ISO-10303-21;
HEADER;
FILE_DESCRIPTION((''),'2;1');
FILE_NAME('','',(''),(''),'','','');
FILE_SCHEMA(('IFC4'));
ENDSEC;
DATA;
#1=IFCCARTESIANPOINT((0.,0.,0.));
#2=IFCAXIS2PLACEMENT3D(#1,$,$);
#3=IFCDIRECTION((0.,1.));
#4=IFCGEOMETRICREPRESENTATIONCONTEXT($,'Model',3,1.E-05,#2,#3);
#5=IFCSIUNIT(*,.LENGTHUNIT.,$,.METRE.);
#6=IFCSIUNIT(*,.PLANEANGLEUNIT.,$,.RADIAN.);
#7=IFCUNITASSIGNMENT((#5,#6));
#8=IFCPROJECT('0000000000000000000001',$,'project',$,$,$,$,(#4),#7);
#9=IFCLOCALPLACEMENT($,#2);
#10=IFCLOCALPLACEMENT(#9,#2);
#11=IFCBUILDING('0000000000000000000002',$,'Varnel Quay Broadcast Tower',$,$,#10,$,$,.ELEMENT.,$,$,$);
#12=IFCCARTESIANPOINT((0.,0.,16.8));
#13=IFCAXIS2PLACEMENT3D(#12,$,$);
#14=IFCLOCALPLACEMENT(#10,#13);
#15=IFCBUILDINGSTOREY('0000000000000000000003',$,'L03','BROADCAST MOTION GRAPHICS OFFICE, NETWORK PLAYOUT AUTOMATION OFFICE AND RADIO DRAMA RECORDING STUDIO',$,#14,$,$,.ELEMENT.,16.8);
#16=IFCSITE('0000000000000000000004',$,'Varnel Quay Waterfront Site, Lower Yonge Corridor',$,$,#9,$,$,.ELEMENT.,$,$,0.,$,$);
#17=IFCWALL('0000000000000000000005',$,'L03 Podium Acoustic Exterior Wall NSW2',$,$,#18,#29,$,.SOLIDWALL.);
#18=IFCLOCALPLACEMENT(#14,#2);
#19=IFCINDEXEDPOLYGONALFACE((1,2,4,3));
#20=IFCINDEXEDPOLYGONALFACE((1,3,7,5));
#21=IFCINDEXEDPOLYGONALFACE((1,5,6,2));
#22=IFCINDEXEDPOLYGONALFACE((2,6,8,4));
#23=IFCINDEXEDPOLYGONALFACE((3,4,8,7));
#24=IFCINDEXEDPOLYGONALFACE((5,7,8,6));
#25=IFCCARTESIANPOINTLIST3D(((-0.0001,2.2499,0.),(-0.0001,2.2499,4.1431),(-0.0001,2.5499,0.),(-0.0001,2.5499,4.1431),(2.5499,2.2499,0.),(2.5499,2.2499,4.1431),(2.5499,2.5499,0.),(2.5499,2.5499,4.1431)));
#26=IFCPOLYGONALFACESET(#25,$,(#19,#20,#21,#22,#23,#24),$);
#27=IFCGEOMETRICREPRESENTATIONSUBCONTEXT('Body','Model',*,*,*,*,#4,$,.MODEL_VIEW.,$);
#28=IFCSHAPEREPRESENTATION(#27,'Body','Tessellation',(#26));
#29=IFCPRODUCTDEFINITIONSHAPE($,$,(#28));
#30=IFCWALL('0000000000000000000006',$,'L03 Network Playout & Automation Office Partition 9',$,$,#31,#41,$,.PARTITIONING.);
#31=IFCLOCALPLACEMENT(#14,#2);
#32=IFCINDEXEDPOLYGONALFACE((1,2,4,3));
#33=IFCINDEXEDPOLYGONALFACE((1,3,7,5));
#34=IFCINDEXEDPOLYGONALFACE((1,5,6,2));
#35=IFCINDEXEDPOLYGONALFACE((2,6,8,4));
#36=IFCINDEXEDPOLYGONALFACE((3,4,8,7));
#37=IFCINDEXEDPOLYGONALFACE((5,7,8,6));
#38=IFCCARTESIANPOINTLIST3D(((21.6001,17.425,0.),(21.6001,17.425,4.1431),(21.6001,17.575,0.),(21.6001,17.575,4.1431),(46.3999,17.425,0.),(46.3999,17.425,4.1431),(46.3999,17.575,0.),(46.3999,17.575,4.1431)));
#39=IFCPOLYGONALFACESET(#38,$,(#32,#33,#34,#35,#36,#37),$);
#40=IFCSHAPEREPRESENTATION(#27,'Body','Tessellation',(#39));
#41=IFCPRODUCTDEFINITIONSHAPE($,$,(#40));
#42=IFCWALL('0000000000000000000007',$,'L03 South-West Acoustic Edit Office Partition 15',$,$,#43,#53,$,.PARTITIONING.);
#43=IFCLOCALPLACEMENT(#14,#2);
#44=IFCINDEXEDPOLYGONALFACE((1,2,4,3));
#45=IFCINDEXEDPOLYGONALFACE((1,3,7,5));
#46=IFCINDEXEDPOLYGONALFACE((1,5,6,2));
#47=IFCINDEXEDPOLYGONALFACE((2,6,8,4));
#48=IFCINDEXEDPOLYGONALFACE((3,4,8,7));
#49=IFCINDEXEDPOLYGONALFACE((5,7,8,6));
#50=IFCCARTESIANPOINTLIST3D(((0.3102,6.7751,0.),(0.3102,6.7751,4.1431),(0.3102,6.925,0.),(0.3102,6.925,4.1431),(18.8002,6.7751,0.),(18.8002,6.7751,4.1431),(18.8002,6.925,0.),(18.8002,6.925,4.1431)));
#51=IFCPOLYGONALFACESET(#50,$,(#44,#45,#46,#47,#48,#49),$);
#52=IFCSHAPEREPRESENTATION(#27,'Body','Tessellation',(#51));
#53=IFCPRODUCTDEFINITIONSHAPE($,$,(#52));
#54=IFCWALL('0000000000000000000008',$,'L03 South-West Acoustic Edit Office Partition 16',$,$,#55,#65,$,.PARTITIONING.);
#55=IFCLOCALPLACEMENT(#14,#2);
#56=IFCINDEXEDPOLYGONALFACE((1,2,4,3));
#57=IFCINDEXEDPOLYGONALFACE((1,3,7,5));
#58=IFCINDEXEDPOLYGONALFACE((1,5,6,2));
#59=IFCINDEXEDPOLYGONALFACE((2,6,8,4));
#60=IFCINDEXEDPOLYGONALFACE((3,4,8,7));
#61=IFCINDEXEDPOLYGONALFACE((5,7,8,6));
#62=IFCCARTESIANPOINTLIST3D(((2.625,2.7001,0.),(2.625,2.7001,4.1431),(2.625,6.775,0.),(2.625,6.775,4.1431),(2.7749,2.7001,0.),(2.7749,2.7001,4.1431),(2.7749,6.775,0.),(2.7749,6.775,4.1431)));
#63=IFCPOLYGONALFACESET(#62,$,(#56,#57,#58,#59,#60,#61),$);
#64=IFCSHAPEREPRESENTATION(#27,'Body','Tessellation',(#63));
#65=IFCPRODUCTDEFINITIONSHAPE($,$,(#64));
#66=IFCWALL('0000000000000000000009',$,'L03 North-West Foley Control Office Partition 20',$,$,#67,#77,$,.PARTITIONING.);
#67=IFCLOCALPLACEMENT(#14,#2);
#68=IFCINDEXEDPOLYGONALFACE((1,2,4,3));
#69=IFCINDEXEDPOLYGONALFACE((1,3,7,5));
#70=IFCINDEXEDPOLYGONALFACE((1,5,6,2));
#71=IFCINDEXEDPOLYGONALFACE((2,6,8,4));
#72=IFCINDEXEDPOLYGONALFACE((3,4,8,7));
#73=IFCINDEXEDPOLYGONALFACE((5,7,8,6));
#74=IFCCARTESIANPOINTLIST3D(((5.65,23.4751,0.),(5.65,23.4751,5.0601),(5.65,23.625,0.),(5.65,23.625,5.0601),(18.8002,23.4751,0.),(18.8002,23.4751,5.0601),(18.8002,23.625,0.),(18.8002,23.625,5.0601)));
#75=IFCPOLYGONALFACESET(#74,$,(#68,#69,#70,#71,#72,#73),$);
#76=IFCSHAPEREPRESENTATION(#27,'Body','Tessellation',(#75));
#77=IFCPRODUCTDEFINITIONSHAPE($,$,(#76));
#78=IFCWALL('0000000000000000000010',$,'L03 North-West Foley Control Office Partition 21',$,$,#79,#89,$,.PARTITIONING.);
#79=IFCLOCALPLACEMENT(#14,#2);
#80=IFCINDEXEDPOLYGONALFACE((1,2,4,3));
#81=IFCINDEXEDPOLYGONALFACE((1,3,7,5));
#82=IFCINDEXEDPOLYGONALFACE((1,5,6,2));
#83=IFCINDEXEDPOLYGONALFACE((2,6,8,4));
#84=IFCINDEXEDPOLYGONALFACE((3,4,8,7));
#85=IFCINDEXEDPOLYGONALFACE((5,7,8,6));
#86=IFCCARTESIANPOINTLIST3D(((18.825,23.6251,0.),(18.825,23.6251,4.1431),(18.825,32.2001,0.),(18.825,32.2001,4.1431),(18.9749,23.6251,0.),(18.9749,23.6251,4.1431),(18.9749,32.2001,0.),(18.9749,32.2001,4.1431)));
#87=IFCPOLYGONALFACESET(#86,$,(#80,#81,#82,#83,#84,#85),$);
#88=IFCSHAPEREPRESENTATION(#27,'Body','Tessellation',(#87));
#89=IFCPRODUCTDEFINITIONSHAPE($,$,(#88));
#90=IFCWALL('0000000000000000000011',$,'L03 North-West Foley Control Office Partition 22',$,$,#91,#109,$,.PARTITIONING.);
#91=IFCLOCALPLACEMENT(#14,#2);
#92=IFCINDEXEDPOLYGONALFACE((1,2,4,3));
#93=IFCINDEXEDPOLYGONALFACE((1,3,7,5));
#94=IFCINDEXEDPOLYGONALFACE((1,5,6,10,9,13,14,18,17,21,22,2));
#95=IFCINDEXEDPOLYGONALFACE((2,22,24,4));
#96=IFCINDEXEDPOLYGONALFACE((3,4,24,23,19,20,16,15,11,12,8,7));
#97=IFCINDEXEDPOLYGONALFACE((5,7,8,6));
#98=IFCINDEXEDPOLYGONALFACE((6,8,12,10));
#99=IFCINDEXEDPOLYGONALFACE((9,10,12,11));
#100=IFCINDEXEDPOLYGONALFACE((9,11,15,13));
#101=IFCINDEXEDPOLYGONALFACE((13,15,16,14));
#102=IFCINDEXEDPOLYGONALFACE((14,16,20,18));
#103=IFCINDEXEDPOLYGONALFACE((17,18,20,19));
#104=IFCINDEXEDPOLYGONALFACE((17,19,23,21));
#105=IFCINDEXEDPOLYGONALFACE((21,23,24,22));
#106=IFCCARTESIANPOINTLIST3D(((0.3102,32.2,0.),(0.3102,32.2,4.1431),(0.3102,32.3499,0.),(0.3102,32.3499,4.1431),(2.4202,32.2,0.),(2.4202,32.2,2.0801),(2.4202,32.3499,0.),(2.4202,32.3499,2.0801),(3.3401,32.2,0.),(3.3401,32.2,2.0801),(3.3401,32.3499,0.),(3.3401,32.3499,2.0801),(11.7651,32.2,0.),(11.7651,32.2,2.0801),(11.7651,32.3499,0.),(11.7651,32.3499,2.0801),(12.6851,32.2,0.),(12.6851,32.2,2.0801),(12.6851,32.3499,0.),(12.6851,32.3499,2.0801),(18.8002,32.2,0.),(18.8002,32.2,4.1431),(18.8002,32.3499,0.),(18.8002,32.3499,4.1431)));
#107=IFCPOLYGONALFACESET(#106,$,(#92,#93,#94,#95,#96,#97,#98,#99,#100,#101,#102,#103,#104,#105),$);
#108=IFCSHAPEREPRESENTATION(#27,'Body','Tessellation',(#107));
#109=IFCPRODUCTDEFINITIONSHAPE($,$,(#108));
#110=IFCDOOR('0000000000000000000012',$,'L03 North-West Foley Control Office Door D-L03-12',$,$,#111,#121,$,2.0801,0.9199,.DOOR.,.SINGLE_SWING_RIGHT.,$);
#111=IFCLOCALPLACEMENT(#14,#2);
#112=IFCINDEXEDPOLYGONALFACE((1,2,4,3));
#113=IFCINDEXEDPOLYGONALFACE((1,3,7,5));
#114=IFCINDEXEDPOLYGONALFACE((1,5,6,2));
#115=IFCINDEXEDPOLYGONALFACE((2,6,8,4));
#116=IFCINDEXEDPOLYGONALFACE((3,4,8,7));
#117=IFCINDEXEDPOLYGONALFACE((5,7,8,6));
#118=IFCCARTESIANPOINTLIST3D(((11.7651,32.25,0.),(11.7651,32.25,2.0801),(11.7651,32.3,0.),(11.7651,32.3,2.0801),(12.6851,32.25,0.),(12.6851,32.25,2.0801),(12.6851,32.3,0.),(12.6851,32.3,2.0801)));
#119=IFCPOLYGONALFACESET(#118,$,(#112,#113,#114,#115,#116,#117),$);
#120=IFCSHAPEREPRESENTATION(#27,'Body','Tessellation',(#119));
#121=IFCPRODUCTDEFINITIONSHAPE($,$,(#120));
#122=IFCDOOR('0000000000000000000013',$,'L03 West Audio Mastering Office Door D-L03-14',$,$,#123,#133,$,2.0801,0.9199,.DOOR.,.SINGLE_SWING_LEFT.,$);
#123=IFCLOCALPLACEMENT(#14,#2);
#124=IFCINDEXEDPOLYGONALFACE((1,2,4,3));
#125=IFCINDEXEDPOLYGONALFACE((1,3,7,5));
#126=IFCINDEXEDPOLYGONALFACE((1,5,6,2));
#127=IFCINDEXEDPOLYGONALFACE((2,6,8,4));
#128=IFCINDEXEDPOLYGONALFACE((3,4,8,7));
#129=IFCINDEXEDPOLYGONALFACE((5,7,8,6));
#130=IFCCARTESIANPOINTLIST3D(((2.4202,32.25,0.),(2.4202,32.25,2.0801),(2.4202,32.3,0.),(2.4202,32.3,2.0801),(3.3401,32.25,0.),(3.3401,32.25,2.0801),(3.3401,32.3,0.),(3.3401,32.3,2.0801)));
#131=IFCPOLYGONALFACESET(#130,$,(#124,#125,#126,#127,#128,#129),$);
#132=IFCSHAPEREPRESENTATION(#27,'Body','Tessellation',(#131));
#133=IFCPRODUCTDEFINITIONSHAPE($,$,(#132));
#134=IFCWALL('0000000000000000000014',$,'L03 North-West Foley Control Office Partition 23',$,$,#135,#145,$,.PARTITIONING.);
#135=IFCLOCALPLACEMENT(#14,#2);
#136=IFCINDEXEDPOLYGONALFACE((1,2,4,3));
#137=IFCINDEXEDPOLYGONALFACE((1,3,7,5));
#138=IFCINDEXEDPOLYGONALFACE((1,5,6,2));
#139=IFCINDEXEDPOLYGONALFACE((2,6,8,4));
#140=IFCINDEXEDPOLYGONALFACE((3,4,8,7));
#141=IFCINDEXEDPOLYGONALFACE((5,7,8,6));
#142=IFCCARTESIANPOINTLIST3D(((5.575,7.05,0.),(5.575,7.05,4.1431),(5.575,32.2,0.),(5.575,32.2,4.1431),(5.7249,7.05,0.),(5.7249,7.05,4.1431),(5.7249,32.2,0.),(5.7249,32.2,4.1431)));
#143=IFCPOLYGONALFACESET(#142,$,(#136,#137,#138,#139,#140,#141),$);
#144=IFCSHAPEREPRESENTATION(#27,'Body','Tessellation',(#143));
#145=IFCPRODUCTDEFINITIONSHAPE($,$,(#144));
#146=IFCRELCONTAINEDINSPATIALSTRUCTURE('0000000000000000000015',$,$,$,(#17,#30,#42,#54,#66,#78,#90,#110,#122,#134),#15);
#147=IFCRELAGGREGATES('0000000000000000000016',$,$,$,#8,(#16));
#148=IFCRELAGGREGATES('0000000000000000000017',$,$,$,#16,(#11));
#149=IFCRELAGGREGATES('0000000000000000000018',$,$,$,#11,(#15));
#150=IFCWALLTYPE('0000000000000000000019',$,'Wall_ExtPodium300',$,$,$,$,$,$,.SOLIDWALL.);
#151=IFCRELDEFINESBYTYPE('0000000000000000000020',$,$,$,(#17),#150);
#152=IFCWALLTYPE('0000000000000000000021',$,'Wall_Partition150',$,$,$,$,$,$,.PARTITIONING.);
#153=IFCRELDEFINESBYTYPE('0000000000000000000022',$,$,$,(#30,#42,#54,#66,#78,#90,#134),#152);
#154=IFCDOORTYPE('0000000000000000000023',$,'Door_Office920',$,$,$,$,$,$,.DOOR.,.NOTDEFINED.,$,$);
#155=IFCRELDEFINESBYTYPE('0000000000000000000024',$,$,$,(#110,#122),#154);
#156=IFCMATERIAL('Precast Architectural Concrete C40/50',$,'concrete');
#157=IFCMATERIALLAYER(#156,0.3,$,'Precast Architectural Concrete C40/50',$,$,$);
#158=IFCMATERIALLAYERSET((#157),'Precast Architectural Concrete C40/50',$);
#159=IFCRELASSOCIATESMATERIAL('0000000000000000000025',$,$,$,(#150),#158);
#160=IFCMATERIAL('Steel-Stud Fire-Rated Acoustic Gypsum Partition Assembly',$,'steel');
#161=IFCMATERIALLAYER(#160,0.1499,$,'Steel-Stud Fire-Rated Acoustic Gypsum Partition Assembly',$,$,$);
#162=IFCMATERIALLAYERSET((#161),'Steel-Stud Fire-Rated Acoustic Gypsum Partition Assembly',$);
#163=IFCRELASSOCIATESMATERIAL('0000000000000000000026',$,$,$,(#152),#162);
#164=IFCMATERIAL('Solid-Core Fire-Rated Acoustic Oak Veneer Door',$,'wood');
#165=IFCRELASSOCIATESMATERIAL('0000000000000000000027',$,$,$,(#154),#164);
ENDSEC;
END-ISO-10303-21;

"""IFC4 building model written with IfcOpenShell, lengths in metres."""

from ifc_helpers import new_model, si_unit, direction, frame, frame_2d, origin, place, context, subcontext, project, spatial, rectangle, extrude, source, transform, mapped, material, layer, layer_set, type_object, type_shapes, element, fill, save


model = new_model("IFC4")

# Units and contexts
model_context = context("Model", 3, precision=1e-05, world=origin(), true_north=direction((0.0, 1.0)))
body_context = subcontext(model_context, "Body", "Model", "MODEL_VIEW")
ifc_project = project(units=[si_unit("LENGTHUNIT", "METRE"), si_unit("PLANEANGLEUNIT", "RADIAN")], contexts=[model_context])

# Site, building, storey
site_placement = place(None, origin())
site = spatial("IfcSite", under=ifc_project, at=site_placement, Name="Varnel Quay Waterfront Site, Lower Yonge Corridor", CompositionType="ELEMENT", RefElevation=0.0)
building_placement = place(site_placement, origin())
building = spatial("IfcBuilding", under=site, at=building_placement, Name="Varnel Quay Broadcast Tower", CompositionType="ELEMENT")
storey_placement = place(building_placement, frame((0.0, 0.0, 16.8)))
storey = spatial("IfcBuildingStorey", under=building, at=storey_placement, Name="L03", Description="BROADCAST MOTION GRAPHICS OFFICE, NETWORK PLAYOUT AUTOMATION OFFICE AND RADIO DRAMA RECORDING STUDIO", CompositionType="ELEMENT", Elevation=16.8)

# Shared definitions
ifc_material_1 = material(Name="Precast Architectural Concrete C40/50", Category="concrete")
ifc_layer_1 = layer(ifc_material_1, 0.3, Name="Precast Architectural Concrete C40/50")
ifc_layer_set_1 = layer_set([ifc_layer_1], Name="Precast Architectural Concrete C40/50")
wall_type_1 = type_object("IfcWallType", Name="Wall_ExtPodium300", PredefinedType="SOLIDWALL", material=ifc_layer_set_1)

# Walls
wall_1_placement = place(storey_placement, frame((0.0, 2.3999, 0.0), z_axis=(0.0, 0.0, 1.0), x_axis=(1.0, 0.0, 0.0)))
element("IfcWall", 1, at=wall_1_placement, inside=storey, type_object=wall_type_1, Name="L03 Podium Acoustic Exterior Wall NSW2", PredefinedType="SOLIDWALL", context=body_context, shape_type="SweptSolid", body=[
    extrude(rectangle(XDim=2.55, YDim=0.3, at=frame_2d((1.2749, 0.0))), origin(), (0.0, 0.0, 1.0), 4.1431),
])
ifc_material_2 = material(Name="Steel-Stud Fire-Rated Acoustic Gypsum Partition Assembly", Category="steel")
ifc_layer_2 = layer(ifc_material_2, 0.1499, Name="Steel-Stud Fire-Rated Acoustic Gypsum Partition Assembly")
ifc_layer_set_2 = layer_set([ifc_layer_2], Name="Steel-Stud Fire-Rated Acoustic Gypsum Partition Assembly")
wall_type_2 = type_object("IfcWallType", Name="Wall_Partition150", PredefinedType="PARTITIONING", material=ifc_layer_set_2)
wall_2_placement = place(storey_placement, frame((21.6001, 17.5, 0.0), z_axis=(0.0, 0.0, 1.0), x_axis=(1.0, 0.0, 0.0)))
element("IfcWall", 2, at=wall_2_placement, inside=storey, type_object=wall_type_2, Name="L03 Network Playout & Automation Office Partition 9", PredefinedType="PARTITIONING", context=body_context, shape_type="SweptSolid", body=[
    extrude(rectangle(XDim=24.7998, YDim=0.1499, at=frame_2d((12.3999, 0.0))), origin(), (0.0, 0.0, 1.0), 4.1431),
])
wall_3_placement = place(storey_placement, frame((0.3101, 6.8501, 0.0), z_axis=(0.0, 0.0, 1.0), x_axis=(1.0, 0.0, 0.0)))
element("IfcWall", 3, at=wall_3_placement, inside=storey, type_object=wall_type_2, Name="L03 South-West Acoustic Edit Office Partition 15", PredefinedType="PARTITIONING", context=body_context, shape_type="SweptSolid", body=[
    extrude(rectangle(XDim=18.49, YDim=0.1499, at=frame_2d((9.2451, 0.0))), origin(), (0.0, 0.0, 1.0), 4.1431),
])
wall_4_placement = place(storey_placement, frame((2.7, 2.7, 0.0), z_axis=(0.0, 0.0, 1.0), x_axis=(0.0, 1.0, 0.0)))
element("IfcWall", 4, at=wall_4_placement, inside=storey, type_object=wall_type_2, Name="L03 South-West Acoustic Edit Office Partition 16", PredefinedType="PARTITIONING", context=body_context, shape_type="SweptSolid", body=[
    extrude(rectangle(XDim=4.075, YDim=0.1499, at=frame_2d((2.0376, 0.0))), origin(), (0.0, 0.0, 1.0), 4.1431),
])
wall_5_placement = place(storey_placement, frame((5.6499, 23.55, 0.0), z_axis=(0.0, 0.0, 1.0), x_axis=(1.0, 0.0, 0.0)))
element("IfcWall", 5, at=wall_5_placement, inside=storey, type_object=wall_type_2, Name="L03 North-West Foley Control Office Partition 20", PredefinedType="PARTITIONING", context=body_context, shape_type="SweptSolid", body=[
    extrude(rectangle(XDim=13.1501, YDim=0.1499, at=frame_2d((6.5752, 0.0))), origin(), (0.0, 0.0, 1.0), 5.0601),
])
wall_6_placement = place(storey_placement, frame((18.8999, 23.625, 0.0), z_axis=(0.0, 0.0, 1.0), x_axis=(0.0, 1.0, 0.0)))
element("IfcWall", 6, at=wall_6_placement, inside=storey, type_object=wall_type_2, Name="L03 North-West Foley Control Office Partition 21", PredefinedType="PARTITIONING", context=body_context, shape_type="SweptSolid", body=[
    extrude(rectangle(XDim=8.575, YDim=0.1499, at=frame_2d((4.2876, 0.0))), origin(), (0.0, 0.0, 1.0), 4.1431),
])

# Wall, openings, doors
wall_7_placement = place(storey_placement, frame((0.3101, 32.2749, 0.0), z_axis=(0.0, 0.0, 1.0), x_axis=(1.0, 0.0, 0.0)))
wall_7 = element("IfcWall", 7, at=wall_7_placement, inside=storey, type_object=wall_type_2, Name="L03 North-West Foley Control Office Partition 22", PredefinedType="PARTITIONING", context=body_context, shape_type="SweptSolid", body=[
    extrude(rectangle(XDim=18.49, YDim=0.1499, at=frame_2d((9.2451, 0.0))), origin(), (0.0, 0.0, 1.0), 4.1431),
])
opening_1_placement = place(wall_7_placement, frame((11.4551, 0.0, 0.0)))
opening_1 = element("IfcOpeningElement", 8, at=opening_1_placement, cuts=wall_7, PredefinedType="OPENING", context=body_context, shape_type="SweptSolid", body=[
    extrude(rectangle(XDim=0.9199, YDim=2.0801, at=frame_2d((0.46, 1.04))), frame((0.0, 0.085, 0.0), z_axis=(0.0, -1.0, 0.0), x_axis=(1.0, 0.0, 0.0)), (0.0, 0.0, 1.0), 0.1699),
])
opening_2_placement = place(wall_7_placement, frame((2.1101, 0.0, 0.0)))
opening_2 = element("IfcOpeningElement", 9, at=opening_2_placement, cuts=wall_7, PredefinedType="OPENING", context=body_context, shape_type="SweptSolid", body=[
    extrude(rectangle(XDim=0.9199, YDim=2.0801, at=frame_2d((0.46, 1.04))), frame((0.0, 0.085, 0.0), z_axis=(0.0, -1.0, 0.0), x_axis=(1.0, 0.0, 0.0)), (0.0, 0.0, 1.0), 0.1699),
])
ifc_material_3 = material(Name="Solid-Core Fire-Rated Acoustic Oak Veneer Door", Category="wood")
door_type_1 = type_object("IfcDoorType", Name="Door_Office920", OperationType="NOTDEFINED", PredefinedType="DOOR", material=ifc_material_3)
shared_shape_1 = source(origin(), body_context, "Body", "SweptSolid", [
    extrude(rectangle(XDim=0.9199, YDim=2.0801, at=frame_2d((0.46, 1.04))), frame((0.0, 0.0249, 0.0), z_axis=(0.0, -1.0, 0.0), x_axis=(1.0, 0.0, 0.0)), (0.0, 0.0, 1.0), 0.05),
])
type_shapes(door_type_1, [shared_shape_1])
door_1_placement = place(opening_1_placement, frame((0.9199, 0.0, 0.0), z_axis=(0.0, 0.0, 1.0), x_axis=(-1.0, 0.0, 0.0)))
door_1 = element("IfcDoor", 10, at=door_1_placement, inside=storey, type_object=door_type_1, Name="L03 North-West Foley Control Office Door D-L03-12", OperationType="SINGLE_SWING_RIGHT", OverallHeight=2.0801, OverallWidth=0.9199, PredefinedType="DOOR", context=body_context, shape_type="MappedRepresentation", body=[
    mapped(shared_shape_1, transform((0.0, 0.0, 0.0), x_axis=(1.0, 0.0, 0.0), y_axis=(0.0, 1.0, 0.0), z_axis=(0.0, 0.0, 1.0), scale=1.0)),
])
fill(opening_1, door_1)
door_2_placement = place(opening_2_placement, frame((0.9199, 0.0, 0.0), z_axis=(0.0, 0.0, 1.0), x_axis=(-1.0, 0.0, 0.0)))
door_2 = element("IfcDoor", 11, at=door_2_placement, inside=storey, type_object=door_type_1, Name="L03 West Audio Mastering Office Door D-L03-14", OperationType="SINGLE_SWING_LEFT", OverallHeight=2.0801, OverallWidth=0.9199, PredefinedType="DOOR", context=body_context, shape_type="MappedRepresentation", body=[
    mapped(shared_shape_1, transform((0.0, 0.0, 0.0), x_axis=(1.0, 0.0, 0.0), y_axis=(0.0, 1.0, 0.0), z_axis=(0.0, 0.0, 1.0), scale=1.0)),
])
fill(opening_2, door_2)

# Wall
wall_8_placement = place(storey_placement, frame((5.6499, 7.05, 0.0), z_axis=(0.0, 0.0, 1.0), x_axis=(0.0, 1.0, 0.0)))
element("IfcWall", 12, at=wall_8_placement, inside=storey, type_object=wall_type_2, Name="L03 North-West Foley Control Office Partition 23", PredefinedType="PARTITIONING", context=body_context, shape_type="SweptSolid", body=[
    extrude(rectangle(XDim=25.1499, YDim=0.1499, at=frame_2d((12.575, 0.0))), origin(), (0.0, 0.0, 1.0), 4.1431),
])

save(model, "model.ifc")
